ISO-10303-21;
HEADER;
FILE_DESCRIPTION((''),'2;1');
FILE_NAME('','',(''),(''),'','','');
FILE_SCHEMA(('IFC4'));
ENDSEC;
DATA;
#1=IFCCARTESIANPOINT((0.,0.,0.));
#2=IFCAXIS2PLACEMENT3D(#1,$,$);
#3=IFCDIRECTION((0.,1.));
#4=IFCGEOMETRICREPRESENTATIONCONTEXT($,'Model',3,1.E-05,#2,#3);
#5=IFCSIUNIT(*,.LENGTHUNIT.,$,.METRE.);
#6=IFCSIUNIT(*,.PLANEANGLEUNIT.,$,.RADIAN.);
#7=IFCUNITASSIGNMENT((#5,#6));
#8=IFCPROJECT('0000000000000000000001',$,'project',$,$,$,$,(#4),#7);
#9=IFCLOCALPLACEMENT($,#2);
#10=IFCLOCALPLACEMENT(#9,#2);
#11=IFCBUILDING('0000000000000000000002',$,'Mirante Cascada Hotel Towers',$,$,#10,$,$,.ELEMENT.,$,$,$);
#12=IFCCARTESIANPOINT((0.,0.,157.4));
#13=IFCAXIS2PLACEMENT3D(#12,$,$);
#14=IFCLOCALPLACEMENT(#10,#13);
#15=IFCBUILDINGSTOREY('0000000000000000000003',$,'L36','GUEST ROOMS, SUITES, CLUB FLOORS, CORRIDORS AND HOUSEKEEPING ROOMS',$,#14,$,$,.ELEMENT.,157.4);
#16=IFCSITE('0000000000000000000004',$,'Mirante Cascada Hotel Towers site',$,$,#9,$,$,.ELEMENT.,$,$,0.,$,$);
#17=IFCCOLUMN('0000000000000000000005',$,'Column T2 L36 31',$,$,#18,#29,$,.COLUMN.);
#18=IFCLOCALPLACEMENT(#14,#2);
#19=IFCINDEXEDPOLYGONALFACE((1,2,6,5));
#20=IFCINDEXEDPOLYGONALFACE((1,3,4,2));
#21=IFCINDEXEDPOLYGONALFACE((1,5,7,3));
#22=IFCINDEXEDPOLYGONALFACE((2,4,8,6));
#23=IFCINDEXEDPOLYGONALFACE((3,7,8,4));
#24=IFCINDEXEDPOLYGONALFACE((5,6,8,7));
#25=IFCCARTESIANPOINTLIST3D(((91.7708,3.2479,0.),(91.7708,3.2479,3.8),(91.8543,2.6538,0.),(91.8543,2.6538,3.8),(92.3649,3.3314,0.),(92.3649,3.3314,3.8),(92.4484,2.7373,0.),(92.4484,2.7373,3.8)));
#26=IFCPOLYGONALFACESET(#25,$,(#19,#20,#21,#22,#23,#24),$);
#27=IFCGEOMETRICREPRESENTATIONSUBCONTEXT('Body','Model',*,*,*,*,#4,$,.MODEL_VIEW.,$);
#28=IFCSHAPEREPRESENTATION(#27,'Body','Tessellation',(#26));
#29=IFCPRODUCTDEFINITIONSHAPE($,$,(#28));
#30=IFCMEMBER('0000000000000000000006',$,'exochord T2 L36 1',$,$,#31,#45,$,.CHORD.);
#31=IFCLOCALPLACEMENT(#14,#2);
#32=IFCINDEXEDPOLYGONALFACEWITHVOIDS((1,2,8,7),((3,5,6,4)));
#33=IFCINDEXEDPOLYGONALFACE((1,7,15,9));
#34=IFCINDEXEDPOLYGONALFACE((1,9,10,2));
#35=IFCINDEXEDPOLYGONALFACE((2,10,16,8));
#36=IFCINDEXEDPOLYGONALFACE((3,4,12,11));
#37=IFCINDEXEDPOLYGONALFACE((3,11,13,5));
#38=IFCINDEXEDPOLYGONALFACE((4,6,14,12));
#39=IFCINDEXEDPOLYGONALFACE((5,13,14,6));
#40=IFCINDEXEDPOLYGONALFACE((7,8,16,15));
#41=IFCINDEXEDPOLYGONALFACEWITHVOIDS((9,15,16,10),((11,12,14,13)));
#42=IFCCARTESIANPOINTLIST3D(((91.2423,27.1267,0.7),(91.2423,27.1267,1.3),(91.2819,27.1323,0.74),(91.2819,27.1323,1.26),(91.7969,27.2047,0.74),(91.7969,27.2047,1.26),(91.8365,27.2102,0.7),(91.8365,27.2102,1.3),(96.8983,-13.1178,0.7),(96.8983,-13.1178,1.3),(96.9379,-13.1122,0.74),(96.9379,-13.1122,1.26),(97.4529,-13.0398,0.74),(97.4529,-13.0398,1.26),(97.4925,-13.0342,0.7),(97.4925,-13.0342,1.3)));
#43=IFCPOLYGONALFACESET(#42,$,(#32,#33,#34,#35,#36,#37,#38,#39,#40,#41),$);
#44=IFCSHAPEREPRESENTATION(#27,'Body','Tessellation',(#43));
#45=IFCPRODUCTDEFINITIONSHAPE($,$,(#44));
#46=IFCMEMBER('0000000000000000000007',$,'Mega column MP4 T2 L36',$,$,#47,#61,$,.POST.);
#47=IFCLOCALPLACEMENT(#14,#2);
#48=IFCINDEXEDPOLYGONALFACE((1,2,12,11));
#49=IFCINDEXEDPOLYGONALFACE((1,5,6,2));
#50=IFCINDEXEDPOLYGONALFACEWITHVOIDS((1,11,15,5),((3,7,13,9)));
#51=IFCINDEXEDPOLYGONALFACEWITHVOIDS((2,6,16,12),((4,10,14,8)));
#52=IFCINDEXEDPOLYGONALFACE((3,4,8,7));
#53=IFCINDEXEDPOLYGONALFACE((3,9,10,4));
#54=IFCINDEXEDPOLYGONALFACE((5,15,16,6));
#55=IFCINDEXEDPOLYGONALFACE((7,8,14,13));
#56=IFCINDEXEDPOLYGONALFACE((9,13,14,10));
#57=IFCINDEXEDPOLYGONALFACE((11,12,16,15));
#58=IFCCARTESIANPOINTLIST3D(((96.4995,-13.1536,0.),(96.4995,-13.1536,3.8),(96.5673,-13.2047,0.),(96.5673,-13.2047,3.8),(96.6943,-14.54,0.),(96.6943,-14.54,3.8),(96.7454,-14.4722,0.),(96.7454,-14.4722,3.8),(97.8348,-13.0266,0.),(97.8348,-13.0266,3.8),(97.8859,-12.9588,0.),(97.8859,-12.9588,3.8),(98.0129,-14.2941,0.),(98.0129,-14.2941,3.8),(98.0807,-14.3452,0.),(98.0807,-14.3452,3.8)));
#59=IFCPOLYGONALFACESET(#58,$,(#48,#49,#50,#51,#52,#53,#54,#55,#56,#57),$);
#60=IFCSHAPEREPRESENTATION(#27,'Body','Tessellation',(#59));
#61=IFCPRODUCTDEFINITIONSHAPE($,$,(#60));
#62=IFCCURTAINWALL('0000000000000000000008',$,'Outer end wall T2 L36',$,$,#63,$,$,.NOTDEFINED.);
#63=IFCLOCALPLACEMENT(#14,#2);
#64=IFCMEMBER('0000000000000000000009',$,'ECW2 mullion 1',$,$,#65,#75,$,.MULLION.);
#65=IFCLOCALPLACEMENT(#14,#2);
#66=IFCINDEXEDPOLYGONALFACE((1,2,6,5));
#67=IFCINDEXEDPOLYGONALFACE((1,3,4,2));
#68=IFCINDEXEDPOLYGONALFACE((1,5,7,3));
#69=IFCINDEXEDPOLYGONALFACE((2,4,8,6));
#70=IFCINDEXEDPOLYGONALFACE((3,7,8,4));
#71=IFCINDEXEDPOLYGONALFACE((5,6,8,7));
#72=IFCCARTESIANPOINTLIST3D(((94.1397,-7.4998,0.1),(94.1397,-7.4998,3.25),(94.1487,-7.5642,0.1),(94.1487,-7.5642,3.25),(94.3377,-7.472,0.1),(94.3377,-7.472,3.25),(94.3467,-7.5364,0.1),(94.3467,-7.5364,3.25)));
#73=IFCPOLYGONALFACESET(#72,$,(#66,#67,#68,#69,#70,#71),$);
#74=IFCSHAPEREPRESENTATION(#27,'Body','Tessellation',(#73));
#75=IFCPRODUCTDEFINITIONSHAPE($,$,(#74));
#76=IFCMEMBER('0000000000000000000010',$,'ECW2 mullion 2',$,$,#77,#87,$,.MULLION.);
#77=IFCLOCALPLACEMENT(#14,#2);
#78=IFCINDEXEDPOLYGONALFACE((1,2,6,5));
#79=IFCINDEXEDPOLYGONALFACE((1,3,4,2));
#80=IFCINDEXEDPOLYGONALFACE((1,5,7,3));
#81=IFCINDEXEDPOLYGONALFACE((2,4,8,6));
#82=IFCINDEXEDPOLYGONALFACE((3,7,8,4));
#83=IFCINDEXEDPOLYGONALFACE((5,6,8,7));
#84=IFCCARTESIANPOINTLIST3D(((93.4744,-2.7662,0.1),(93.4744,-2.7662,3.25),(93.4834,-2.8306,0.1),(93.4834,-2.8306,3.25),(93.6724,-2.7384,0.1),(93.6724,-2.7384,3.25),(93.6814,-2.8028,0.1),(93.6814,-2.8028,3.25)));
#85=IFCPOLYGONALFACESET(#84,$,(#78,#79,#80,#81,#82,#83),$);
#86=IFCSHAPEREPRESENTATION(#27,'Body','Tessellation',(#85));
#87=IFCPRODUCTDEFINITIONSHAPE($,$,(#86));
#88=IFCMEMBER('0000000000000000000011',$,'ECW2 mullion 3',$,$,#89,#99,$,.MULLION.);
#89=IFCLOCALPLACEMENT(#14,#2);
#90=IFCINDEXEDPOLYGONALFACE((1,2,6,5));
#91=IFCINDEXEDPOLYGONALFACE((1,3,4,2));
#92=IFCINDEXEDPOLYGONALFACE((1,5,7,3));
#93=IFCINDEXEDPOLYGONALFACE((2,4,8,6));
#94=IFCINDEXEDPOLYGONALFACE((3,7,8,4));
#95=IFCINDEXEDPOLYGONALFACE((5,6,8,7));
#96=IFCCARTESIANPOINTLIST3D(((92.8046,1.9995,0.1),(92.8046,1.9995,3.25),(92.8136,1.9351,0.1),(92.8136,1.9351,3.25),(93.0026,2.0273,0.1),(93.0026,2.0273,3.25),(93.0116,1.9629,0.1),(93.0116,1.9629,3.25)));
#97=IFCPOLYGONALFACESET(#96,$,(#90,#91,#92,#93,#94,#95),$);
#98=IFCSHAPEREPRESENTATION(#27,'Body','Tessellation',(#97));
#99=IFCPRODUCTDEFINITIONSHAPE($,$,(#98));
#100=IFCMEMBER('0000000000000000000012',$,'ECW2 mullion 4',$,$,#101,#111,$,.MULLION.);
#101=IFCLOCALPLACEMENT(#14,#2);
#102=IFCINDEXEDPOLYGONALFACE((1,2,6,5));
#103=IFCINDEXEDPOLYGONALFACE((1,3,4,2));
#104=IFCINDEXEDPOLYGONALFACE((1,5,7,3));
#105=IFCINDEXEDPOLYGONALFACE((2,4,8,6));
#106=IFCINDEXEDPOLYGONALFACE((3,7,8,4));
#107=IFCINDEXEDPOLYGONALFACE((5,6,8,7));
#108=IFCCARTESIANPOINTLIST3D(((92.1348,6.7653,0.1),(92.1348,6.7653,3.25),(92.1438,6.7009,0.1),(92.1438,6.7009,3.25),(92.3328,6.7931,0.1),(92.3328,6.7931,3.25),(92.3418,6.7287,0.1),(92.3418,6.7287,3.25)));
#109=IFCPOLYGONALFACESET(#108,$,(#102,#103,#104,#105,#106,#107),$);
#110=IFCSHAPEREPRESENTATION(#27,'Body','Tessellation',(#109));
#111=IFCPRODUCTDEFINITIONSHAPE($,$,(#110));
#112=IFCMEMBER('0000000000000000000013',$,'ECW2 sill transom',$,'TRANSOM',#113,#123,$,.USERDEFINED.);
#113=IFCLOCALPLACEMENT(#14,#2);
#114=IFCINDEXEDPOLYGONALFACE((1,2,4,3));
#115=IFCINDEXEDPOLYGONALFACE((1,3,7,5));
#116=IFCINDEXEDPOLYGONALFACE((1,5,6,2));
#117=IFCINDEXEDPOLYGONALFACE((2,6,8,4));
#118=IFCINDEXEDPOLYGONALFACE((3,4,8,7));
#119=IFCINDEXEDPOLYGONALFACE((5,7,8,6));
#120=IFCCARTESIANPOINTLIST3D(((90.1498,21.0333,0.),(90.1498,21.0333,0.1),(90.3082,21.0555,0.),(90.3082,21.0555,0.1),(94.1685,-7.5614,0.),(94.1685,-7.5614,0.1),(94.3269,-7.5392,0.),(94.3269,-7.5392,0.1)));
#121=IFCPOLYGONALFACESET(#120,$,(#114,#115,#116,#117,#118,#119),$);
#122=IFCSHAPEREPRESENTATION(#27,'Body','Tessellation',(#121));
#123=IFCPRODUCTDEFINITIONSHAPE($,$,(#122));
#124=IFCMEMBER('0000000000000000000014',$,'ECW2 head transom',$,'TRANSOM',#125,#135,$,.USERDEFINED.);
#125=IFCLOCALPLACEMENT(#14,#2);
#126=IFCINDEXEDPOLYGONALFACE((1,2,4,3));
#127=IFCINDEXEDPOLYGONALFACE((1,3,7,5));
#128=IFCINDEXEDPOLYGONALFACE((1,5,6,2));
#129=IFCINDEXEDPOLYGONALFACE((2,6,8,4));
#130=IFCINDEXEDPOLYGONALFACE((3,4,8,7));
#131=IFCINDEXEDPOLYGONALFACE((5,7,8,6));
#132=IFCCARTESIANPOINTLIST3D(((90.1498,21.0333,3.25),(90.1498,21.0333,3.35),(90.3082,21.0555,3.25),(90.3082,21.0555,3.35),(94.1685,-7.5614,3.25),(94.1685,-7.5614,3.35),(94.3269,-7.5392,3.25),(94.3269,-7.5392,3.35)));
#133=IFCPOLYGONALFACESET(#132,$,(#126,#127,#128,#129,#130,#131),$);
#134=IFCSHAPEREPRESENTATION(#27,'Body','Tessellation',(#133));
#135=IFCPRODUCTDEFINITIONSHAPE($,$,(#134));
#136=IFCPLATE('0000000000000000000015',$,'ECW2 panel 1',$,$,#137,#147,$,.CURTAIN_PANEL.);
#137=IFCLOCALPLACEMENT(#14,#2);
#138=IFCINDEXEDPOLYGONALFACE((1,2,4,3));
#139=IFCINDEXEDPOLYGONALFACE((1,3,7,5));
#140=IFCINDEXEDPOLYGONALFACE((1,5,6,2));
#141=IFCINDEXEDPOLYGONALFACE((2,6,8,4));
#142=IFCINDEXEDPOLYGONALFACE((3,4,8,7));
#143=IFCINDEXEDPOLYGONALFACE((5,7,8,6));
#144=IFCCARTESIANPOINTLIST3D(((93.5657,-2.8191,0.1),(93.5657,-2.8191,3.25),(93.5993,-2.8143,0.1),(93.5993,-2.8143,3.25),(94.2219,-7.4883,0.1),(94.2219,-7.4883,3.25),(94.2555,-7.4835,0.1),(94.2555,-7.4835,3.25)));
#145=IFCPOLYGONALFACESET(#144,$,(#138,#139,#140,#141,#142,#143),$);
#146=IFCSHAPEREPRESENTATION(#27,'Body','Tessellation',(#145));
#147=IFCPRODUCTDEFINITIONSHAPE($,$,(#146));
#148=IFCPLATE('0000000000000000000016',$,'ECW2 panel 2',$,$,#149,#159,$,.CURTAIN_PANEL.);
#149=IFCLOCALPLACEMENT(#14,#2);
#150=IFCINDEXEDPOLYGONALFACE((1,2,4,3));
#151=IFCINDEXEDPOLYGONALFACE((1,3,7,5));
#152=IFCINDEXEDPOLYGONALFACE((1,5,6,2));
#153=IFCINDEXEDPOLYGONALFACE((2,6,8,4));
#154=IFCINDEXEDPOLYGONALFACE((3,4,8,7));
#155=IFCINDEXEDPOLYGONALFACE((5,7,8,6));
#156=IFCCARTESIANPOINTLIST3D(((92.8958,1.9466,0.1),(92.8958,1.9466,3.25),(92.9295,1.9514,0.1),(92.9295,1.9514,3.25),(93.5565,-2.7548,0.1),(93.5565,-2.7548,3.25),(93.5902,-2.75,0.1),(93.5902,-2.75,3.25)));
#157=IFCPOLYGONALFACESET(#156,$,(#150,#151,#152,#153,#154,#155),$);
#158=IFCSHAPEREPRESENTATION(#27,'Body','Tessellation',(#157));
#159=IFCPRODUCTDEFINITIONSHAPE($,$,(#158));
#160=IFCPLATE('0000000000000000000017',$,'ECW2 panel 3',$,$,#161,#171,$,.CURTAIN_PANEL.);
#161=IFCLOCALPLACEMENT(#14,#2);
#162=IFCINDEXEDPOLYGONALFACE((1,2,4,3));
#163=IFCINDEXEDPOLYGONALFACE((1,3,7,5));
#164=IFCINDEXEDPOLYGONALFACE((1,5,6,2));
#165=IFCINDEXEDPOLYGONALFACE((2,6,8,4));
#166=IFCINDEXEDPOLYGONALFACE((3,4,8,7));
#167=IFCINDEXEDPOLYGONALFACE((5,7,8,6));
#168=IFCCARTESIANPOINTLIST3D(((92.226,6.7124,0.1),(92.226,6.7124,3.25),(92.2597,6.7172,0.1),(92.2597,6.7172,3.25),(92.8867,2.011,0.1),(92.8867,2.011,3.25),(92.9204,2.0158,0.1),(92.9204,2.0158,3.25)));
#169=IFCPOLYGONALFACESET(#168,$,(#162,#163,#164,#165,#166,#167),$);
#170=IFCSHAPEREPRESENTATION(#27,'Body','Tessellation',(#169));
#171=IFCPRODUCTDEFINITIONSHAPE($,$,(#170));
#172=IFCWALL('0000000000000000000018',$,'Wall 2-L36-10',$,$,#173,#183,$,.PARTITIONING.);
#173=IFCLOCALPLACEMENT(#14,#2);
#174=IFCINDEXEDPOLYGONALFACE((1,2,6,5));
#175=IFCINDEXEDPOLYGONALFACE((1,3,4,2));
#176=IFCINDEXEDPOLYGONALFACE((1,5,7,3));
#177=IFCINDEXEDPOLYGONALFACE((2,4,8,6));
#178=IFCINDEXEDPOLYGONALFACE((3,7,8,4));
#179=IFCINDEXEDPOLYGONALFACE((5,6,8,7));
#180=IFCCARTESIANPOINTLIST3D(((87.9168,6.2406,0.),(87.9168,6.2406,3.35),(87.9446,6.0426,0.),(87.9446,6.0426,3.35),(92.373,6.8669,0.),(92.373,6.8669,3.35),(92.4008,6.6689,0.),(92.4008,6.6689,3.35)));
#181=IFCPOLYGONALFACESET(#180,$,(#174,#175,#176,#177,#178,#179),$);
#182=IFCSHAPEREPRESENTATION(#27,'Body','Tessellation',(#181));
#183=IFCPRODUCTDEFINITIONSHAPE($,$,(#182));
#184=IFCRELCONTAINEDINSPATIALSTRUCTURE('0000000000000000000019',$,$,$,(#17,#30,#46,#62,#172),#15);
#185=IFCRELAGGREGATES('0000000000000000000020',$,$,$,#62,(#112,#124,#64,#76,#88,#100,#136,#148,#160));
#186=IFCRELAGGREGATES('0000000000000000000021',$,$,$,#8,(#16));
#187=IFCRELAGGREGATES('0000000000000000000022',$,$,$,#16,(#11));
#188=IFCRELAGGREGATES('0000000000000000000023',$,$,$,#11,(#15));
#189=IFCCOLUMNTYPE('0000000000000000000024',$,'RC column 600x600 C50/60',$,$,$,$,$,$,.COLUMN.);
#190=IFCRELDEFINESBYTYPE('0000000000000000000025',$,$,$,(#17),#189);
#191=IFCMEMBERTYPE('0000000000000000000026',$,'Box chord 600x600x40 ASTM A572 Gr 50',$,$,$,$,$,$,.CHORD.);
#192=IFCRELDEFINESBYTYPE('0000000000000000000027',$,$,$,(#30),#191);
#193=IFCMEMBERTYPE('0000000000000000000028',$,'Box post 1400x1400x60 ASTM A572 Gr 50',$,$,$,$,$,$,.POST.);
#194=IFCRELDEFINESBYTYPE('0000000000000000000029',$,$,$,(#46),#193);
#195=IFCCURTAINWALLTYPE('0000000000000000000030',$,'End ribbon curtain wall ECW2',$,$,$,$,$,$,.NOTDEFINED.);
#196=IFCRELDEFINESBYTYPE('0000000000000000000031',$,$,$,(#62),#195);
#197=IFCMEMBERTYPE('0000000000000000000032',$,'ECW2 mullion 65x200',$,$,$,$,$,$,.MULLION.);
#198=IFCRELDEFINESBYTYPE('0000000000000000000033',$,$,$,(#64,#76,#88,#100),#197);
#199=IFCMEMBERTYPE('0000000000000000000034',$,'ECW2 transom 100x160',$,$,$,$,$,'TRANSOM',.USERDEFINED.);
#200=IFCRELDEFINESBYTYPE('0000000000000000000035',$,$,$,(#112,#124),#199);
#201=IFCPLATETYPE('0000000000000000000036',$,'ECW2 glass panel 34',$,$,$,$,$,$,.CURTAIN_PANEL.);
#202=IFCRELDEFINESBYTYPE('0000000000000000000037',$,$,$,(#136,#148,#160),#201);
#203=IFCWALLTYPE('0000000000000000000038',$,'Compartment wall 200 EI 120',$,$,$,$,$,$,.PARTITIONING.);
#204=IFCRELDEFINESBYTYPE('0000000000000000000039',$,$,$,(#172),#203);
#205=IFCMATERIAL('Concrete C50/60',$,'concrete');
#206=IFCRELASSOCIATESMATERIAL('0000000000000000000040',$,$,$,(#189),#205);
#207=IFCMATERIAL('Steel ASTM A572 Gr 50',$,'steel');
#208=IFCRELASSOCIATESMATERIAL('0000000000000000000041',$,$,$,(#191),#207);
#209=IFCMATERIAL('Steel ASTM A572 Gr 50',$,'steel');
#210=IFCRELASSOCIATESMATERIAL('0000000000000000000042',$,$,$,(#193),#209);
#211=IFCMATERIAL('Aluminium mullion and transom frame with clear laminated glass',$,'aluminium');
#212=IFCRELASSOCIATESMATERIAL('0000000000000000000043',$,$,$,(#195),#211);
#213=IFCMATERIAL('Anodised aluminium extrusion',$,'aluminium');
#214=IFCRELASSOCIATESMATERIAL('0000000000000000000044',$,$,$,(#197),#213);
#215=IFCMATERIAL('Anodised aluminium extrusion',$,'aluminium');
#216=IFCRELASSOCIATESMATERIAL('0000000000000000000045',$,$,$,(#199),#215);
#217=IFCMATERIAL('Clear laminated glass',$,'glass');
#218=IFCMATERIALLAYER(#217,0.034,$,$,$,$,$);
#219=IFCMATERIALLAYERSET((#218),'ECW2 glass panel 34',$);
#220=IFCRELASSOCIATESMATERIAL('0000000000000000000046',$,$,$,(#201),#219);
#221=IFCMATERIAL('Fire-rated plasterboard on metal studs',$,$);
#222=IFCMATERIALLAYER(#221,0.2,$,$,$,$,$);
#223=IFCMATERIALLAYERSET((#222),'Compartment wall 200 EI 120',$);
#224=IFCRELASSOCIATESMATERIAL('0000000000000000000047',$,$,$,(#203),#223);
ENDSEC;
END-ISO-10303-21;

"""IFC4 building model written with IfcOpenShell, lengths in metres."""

from ifc_helpers import new_model, si_unit, direction, frame, frame_2d, origin, origin_2d, place, context, subcontext, project, spatial, rectangle, hollow_rectangle, extrude, material, layer, layer_set, material_profile, profile_set, type_object, element, aggregate, save


model = new_model("IFC4")

# Units and contexts
model_context = context("Model", 3, precision=1e-05, world=origin(), true_north=direction((0.0, 1.0)))
body_context = subcontext(model_context, "Body", "Model", "MODEL_VIEW")
ifc_project = project(units=[si_unit("LENGTHUNIT", "METRE"), si_unit("PLANEANGLEUNIT", "RADIAN")], contexts=[model_context])

# Site, building, storey
site_placement = place(None, origin())
site = spatial("IfcSite", under=ifc_project, at=site_placement, Name="Mirante Cascada Hotel Towers site", CompositionType="ELEMENT", RefElevation=0.0)
building_placement = place(site_placement, origin())
building = spatial("IfcBuilding", under=site, at=building_placement, Name="Mirante Cascada Hotel Towers", CompositionType="ELEMENT")
storey_placement = place(building_placement, frame((0.0, 0.0, 157.4)))
storey = spatial("IfcBuildingStorey", under=building, at=storey_placement, Name="L36", Description="GUEST ROOMS, SUITES, CLUB FLOORS, CORRIDORS AND HOUSEKEEPING ROOMS", CompositionType="ELEMENT", Elevation=157.4)

# Column
ifc_material_1 = material(Name="Concrete C50/60", Category="concrete")
ifc_material_profile_1 = material_profile(ifc_material_1, rectangle(XDim=0.6, YDim=0.6, at=origin_2d()), Name="RC column 600x600 C50/60")
ifc_profile_set_1 = profile_set([ifc_material_profile_1], Name="Concrete C50/60")
column_type = type_object("IfcColumnType", Name="RC column 600x600 C50/60", PredefinedType="COLUMN", material=ifc_profile_set_1)
column_placement = place(storey_placement, frame((92.1096, 2.9926, 0.0), z_axis=(0.0, 0.0, 1.0), x_axis=(0.990268, 0.139173, 0.0)))
element("IfcColumn", 1, at=column_placement, inside=storey, type_object=column_type, Name="Column T2 L36 31", PredefinedType="COLUMN", context=body_context, shape_type="SweptSolid", body=[
    extrude(rectangle(XDim=0.6, YDim=0.6, at=origin_2d()), origin(), (0.0, 0.0, 1.0), 3.8),
])

# Members
ifc_material_2 = material(Name="Steel ASTM A572 Gr 50", Category="steel")
ifc_material_profile_2 = material_profile(ifc_material_2, hollow_rectangle(XDim=0.6, YDim=0.6, WallThickness=0.04, at=origin_2d()), Name="Box chord 600x600x40 ASTM A572 Gr 50")
ifc_profile_set_2 = profile_set([ifc_material_profile_2], Name="Steel ASTM A572 Gr 50")
member_type_1 = type_object("IfcMemberType", Name="Box chord 600x600x40 ASTM A572 Gr 50", PredefinedType="CHORD", material=ifc_profile_set_2)
member_1_placement = place(storey_placement, frame((97.1954, -13.076, 1.0), z_axis=(-0.139173, 0.990268, 0.0), x_axis=(-0.990268, -0.139173, 0.0)))
element("IfcMember", 2, at=member_1_placement, inside=storey, type_object=member_type_1, Name="exochord T2 L36 1", PredefinedType="CHORD", context=body_context, shape_type="SweptSolid", body=[
    extrude(hollow_rectangle(XDim=0.6, YDim=0.6, WallThickness=0.04, at=origin_2d()), origin(), (0.0, 0.0, 1.0), 40.64),
])
ifc_material_3 = material(Name="Steel ASTM A572 Gr 50", Category="steel")
ifc_material_profile_3 = material_profile(ifc_material_3, hollow_rectangle(XDim=1.4, YDim=1.4, WallThickness=0.06, at=origin_2d()), Name="Box post 1400x1400x60 ASTM A572 Gr 50")
ifc_profile_set_3 = profile_set([ifc_material_profile_3], Name="Steel ASTM A572 Gr 50")
member_type_2 = type_object("IfcMemberType", Name="Box post 1400x1400x60 ASTM A572 Gr 50", PredefinedType="POST", material=ifc_profile_set_3)
member_2_placement = place(storey_placement, frame((97.2901, -13.7494, 0.0), z_axis=(0.0, 0.0, 1.0), x_axis=(0.990268, 0.139173, 0.0)))
element("IfcMember", 3, at=member_2_placement, inside=storey, type_object=member_type_2, Name="Mega column MP4 T2 L36", PredefinedType="POST", context=body_context, shape_type="SweptSolid", body=[
    extrude(hollow_rectangle(XDim=1.4, YDim=1.4, WallThickness=0.06, at=origin_2d()), origin(), (0.0, 0.0, 1.0), 3.8),
])

# Curtain wall, members, plates
ifc_material_4 = material(Name="Aluminium mullion and transom frame with clear laminated glass", Category="aluminium")
curtain_wall_type = type_object("IfcCurtainWallType", Name="End ribbon curtain wall ECW2", PredefinedType="NOTDEFINED", material=ifc_material_4)
curtain_wall_placement = place(storey_placement, origin())
curtain_wall = element("IfcCurtainWall", 4, at=curtain_wall_placement, inside=storey, type_object=curtain_wall_type, Name="Outer end wall T2 L36", PredefinedType="NOTDEFINED")
ifc_material_5 = material(Name="Anodised aluminium extrusion", Category="aluminium")
ifc_material_profile_4 = material_profile(ifc_material_5, rectangle(XDim=0.2, YDim=0.065, at=origin_2d()), Name="ECW2 MULLION 65x200")
ifc_profile_set_4 = profile_set([ifc_material_profile_4], Name="Anodised aluminium extrusion")
member_type_3 = type_object("IfcMemberType", Name="ECW2 mullion 65x200", PredefinedType="MULLION", material=ifc_profile_set_4)
member_3_placement = place(storey_placement, frame((94.2432, -7.5181, 0.1), z_axis=(0.0, 0.0, 1.0), x_axis=(-0.990268, -0.139173, 0.0)))
member_3 = element("IfcMember", 5, at=member_3_placement, type_object=member_type_3, Name="ECW2 mullion 1", PredefinedType="MULLION", context=body_context, shape_type="SweptSolid", body=[
    extrude(rectangle(XDim=0.2, YDim=0.065, at=origin_2d()), origin(), (0.0, 0.0, 1.0), 3.15),
])
member_4_placement = place(storey_placement, frame((93.5779, -2.7845, 0.1), z_axis=(0.0, 0.0, 1.0), x_axis=(-0.990268, -0.139173, 0.0)))
member_4 = element("IfcMember", 6, at=member_4_placement, type_object=member_type_3, Name="ECW2 mullion 2", PredefinedType="MULLION", context=body_context, shape_type="SweptSolid", body=[
    extrude(rectangle(XDim=0.2, YDim=0.065, at=origin_2d()), origin(), (0.0, 0.0, 1.0), 3.15),
])
member_5_placement = place(storey_placement, frame((92.9081, 1.9812, 0.1), z_axis=(0.0, 0.0, 1.0), x_axis=(-0.990268, -0.139173, 0.0)))
member_5 = element("IfcMember", 7, at=member_5_placement, type_object=member_type_3, Name="ECW2 mullion 3", PredefinedType="MULLION", context=body_context, shape_type="SweptSolid", body=[
    extrude(rectangle(XDim=0.2, YDim=0.065, at=origin_2d()), origin(), (0.0, 0.0, 1.0), 3.15),
])
member_6_placement = place(storey_placement, frame((92.2383, 6.747, 0.1), z_axis=(0.0, 0.0, 1.0), x_axis=(-0.990268, -0.139173, 0.0)))
member_6 = element("IfcMember", 8, at=member_6_placement, type_object=member_type_3, Name="ECW2 mullion 4", PredefinedType="MULLION", context=body_context, shape_type="SweptSolid", body=[
    extrude(rectangle(XDim=0.2, YDim=0.065, at=origin_2d()), origin(), (0.0, 0.0, 1.0), 3.15),
])
ifc_material_6 = material(Name="Anodised aluminium extrusion", Category="aluminium")
ifc_material_profile_5 = material_profile(ifc_material_6, rectangle(XDim=0.16, YDim=0.1, at=origin_2d()), Name="ECW2 TRANSOM 100x160")
ifc_profile_set_5 = profile_set([ifc_material_profile_5], Name="Anodised aluminium extrusion")
member_type_4 = type_object("IfcMemberType", Name="ECW2 transom 100x160", ElementType="TRANSOM", PredefinedType="USERDEFINED", material=ifc_profile_set_5)
member_7_placement = place(storey_placement, frame((94.2477, -7.5503, 0.05), z_axis=(-0.139172, 0.990268, 0.0), x_axis=(-0.990268, -0.139172, 0.0)))
member_7 = element("IfcMember", 9, at=member_7_placement, type_object=member_type_4, Name="ECW2 sill transom", ObjectType="TRANSOM", PredefinedType="USERDEFINED", context=body_context, shape_type="SweptSolid", body=[
    extrude(rectangle(XDim=0.16, YDim=0.1, at=origin_2d()), origin(), (0.0, 0.0, 1.0), 28.8757),
])
member_8_placement = place(storey_placement, frame((94.2477, -7.5503, 3.3), z_axis=(-0.139172, 0.990268, 0.0), x_axis=(-0.990268, -0.139172, 0.0)))
member_8 = element("IfcMember", 10, at=member_8_placement, type_object=member_type_4, Name="ECW2 head transom", ObjectType="TRANSOM", PredefinedType="USERDEFINED", context=body_context, shape_type="SweptSolid", body=[
    extrude(rectangle(XDim=0.16, YDim=0.1, at=origin_2d()), origin(), (0.0, 0.0, 1.0), 28.8757),
])
ifc_material_7 = material(Name="Clear laminated glass", Category="glass")
ifc_layer_1 = layer(ifc_material_7, 0.034)
ifc_layer_set_1 = layer_set([ifc_layer_1], Name="ECW2 glass panel 34")
plate_type = type_object("IfcPlateType", Name="ECW2 glass panel 34", PredefinedType="CURTAIN_PANEL", material=ifc_layer_set_1)
plate_1_placement = place(storey_placement, frame((93.9106, -5.1513, 0.1), z_axis=(0.0, 0.0, 1.0), x_axis=(-0.139173, 0.990268, 0.0)))
plate_1 = element("IfcPlate", 11, at=plate_1_placement, type_object=plate_type, Name="ECW2 panel 1", PredefinedType="CURTAIN_PANEL", context=body_context, shape_type="SweptSolid", body=[
    extrude(rectangle(XDim=4.7151, YDim=0.034, at=origin_2d()), origin(), (0.0, 0.0, 1.0), 3.15),
])
plate_2_placement = place(storey_placement, frame((93.243, -0.4017, 0.1), z_axis=(0.0, 0.0, 1.0), x_axis=(-0.139173, 0.990268, 0.0)))
plate_2 = element("IfcPlate", 12, at=plate_2_placement, type_object=plate_type, Name="ECW2 panel 2", PredefinedType="CURTAIN_PANEL", context=body_context, shape_type="SweptSolid", body=[
    extrude(rectangle(XDim=4.7476, YDim=0.034, at=origin_2d()), origin(), (0.0, 0.0, 1.0), 3.15),
])
plate_3_placement = place(storey_placement, frame((92.5732, 4.3641, 0.1), z_axis=(0.0, 0.0, 1.0), x_axis=(-0.139173, 0.990268, 0.0)))
plate_3 = element("IfcPlate", 13, at=plate_3_placement, type_object=plate_type, Name="ECW2 panel 3", PredefinedType="CURTAIN_PANEL", context=body_context, shape_type="SweptSolid", body=[
    extrude(rectangle(XDim=4.7476, YDim=0.034, at=origin_2d()), origin(), (0.0, 0.0, 1.0), 3.15),
])
aggregate(curtain_wall, [member_7, member_8, member_3, member_4, member_5, member_6, plate_1, plate_2, plate_3])

# Wall
ifc_material_8 = material(Name="Fire-rated plasterboard on metal studs")
ifc_layer_2 = layer(ifc_material_8, 0.2)
ifc_layer_set_2 = layer_set([ifc_layer_2], Name="Compartment wall 200 EI 120")
wall_type_1 = type_object("IfcWallType", Name="Compartment wall 200 EI 120", PredefinedType="PARTITIONING", material=ifc_layer_set_2)
wall_1_placement = place(storey_placement, frame((92.3869, 6.7679, 0.0), z_axis=(0.0, 0.0, 1.0), x_axis=(-0.990267, -0.139178, 0.0)))
element("IfcWall", 14, at=wall_1_placement, inside=storey, type_object=wall_type_1, Name="Wall 2-L36-10", PredefinedType="PARTITIONING", context=body_context, shape_type="SweptSolid", body=[
    extrude(rectangle(XDim=4.5, YDim=0.2, at=frame_2d((2.25, 0.0))), origin(), (0.0, 0.0, 1.0), 3.35),
])

save(model, "model.ifc")
